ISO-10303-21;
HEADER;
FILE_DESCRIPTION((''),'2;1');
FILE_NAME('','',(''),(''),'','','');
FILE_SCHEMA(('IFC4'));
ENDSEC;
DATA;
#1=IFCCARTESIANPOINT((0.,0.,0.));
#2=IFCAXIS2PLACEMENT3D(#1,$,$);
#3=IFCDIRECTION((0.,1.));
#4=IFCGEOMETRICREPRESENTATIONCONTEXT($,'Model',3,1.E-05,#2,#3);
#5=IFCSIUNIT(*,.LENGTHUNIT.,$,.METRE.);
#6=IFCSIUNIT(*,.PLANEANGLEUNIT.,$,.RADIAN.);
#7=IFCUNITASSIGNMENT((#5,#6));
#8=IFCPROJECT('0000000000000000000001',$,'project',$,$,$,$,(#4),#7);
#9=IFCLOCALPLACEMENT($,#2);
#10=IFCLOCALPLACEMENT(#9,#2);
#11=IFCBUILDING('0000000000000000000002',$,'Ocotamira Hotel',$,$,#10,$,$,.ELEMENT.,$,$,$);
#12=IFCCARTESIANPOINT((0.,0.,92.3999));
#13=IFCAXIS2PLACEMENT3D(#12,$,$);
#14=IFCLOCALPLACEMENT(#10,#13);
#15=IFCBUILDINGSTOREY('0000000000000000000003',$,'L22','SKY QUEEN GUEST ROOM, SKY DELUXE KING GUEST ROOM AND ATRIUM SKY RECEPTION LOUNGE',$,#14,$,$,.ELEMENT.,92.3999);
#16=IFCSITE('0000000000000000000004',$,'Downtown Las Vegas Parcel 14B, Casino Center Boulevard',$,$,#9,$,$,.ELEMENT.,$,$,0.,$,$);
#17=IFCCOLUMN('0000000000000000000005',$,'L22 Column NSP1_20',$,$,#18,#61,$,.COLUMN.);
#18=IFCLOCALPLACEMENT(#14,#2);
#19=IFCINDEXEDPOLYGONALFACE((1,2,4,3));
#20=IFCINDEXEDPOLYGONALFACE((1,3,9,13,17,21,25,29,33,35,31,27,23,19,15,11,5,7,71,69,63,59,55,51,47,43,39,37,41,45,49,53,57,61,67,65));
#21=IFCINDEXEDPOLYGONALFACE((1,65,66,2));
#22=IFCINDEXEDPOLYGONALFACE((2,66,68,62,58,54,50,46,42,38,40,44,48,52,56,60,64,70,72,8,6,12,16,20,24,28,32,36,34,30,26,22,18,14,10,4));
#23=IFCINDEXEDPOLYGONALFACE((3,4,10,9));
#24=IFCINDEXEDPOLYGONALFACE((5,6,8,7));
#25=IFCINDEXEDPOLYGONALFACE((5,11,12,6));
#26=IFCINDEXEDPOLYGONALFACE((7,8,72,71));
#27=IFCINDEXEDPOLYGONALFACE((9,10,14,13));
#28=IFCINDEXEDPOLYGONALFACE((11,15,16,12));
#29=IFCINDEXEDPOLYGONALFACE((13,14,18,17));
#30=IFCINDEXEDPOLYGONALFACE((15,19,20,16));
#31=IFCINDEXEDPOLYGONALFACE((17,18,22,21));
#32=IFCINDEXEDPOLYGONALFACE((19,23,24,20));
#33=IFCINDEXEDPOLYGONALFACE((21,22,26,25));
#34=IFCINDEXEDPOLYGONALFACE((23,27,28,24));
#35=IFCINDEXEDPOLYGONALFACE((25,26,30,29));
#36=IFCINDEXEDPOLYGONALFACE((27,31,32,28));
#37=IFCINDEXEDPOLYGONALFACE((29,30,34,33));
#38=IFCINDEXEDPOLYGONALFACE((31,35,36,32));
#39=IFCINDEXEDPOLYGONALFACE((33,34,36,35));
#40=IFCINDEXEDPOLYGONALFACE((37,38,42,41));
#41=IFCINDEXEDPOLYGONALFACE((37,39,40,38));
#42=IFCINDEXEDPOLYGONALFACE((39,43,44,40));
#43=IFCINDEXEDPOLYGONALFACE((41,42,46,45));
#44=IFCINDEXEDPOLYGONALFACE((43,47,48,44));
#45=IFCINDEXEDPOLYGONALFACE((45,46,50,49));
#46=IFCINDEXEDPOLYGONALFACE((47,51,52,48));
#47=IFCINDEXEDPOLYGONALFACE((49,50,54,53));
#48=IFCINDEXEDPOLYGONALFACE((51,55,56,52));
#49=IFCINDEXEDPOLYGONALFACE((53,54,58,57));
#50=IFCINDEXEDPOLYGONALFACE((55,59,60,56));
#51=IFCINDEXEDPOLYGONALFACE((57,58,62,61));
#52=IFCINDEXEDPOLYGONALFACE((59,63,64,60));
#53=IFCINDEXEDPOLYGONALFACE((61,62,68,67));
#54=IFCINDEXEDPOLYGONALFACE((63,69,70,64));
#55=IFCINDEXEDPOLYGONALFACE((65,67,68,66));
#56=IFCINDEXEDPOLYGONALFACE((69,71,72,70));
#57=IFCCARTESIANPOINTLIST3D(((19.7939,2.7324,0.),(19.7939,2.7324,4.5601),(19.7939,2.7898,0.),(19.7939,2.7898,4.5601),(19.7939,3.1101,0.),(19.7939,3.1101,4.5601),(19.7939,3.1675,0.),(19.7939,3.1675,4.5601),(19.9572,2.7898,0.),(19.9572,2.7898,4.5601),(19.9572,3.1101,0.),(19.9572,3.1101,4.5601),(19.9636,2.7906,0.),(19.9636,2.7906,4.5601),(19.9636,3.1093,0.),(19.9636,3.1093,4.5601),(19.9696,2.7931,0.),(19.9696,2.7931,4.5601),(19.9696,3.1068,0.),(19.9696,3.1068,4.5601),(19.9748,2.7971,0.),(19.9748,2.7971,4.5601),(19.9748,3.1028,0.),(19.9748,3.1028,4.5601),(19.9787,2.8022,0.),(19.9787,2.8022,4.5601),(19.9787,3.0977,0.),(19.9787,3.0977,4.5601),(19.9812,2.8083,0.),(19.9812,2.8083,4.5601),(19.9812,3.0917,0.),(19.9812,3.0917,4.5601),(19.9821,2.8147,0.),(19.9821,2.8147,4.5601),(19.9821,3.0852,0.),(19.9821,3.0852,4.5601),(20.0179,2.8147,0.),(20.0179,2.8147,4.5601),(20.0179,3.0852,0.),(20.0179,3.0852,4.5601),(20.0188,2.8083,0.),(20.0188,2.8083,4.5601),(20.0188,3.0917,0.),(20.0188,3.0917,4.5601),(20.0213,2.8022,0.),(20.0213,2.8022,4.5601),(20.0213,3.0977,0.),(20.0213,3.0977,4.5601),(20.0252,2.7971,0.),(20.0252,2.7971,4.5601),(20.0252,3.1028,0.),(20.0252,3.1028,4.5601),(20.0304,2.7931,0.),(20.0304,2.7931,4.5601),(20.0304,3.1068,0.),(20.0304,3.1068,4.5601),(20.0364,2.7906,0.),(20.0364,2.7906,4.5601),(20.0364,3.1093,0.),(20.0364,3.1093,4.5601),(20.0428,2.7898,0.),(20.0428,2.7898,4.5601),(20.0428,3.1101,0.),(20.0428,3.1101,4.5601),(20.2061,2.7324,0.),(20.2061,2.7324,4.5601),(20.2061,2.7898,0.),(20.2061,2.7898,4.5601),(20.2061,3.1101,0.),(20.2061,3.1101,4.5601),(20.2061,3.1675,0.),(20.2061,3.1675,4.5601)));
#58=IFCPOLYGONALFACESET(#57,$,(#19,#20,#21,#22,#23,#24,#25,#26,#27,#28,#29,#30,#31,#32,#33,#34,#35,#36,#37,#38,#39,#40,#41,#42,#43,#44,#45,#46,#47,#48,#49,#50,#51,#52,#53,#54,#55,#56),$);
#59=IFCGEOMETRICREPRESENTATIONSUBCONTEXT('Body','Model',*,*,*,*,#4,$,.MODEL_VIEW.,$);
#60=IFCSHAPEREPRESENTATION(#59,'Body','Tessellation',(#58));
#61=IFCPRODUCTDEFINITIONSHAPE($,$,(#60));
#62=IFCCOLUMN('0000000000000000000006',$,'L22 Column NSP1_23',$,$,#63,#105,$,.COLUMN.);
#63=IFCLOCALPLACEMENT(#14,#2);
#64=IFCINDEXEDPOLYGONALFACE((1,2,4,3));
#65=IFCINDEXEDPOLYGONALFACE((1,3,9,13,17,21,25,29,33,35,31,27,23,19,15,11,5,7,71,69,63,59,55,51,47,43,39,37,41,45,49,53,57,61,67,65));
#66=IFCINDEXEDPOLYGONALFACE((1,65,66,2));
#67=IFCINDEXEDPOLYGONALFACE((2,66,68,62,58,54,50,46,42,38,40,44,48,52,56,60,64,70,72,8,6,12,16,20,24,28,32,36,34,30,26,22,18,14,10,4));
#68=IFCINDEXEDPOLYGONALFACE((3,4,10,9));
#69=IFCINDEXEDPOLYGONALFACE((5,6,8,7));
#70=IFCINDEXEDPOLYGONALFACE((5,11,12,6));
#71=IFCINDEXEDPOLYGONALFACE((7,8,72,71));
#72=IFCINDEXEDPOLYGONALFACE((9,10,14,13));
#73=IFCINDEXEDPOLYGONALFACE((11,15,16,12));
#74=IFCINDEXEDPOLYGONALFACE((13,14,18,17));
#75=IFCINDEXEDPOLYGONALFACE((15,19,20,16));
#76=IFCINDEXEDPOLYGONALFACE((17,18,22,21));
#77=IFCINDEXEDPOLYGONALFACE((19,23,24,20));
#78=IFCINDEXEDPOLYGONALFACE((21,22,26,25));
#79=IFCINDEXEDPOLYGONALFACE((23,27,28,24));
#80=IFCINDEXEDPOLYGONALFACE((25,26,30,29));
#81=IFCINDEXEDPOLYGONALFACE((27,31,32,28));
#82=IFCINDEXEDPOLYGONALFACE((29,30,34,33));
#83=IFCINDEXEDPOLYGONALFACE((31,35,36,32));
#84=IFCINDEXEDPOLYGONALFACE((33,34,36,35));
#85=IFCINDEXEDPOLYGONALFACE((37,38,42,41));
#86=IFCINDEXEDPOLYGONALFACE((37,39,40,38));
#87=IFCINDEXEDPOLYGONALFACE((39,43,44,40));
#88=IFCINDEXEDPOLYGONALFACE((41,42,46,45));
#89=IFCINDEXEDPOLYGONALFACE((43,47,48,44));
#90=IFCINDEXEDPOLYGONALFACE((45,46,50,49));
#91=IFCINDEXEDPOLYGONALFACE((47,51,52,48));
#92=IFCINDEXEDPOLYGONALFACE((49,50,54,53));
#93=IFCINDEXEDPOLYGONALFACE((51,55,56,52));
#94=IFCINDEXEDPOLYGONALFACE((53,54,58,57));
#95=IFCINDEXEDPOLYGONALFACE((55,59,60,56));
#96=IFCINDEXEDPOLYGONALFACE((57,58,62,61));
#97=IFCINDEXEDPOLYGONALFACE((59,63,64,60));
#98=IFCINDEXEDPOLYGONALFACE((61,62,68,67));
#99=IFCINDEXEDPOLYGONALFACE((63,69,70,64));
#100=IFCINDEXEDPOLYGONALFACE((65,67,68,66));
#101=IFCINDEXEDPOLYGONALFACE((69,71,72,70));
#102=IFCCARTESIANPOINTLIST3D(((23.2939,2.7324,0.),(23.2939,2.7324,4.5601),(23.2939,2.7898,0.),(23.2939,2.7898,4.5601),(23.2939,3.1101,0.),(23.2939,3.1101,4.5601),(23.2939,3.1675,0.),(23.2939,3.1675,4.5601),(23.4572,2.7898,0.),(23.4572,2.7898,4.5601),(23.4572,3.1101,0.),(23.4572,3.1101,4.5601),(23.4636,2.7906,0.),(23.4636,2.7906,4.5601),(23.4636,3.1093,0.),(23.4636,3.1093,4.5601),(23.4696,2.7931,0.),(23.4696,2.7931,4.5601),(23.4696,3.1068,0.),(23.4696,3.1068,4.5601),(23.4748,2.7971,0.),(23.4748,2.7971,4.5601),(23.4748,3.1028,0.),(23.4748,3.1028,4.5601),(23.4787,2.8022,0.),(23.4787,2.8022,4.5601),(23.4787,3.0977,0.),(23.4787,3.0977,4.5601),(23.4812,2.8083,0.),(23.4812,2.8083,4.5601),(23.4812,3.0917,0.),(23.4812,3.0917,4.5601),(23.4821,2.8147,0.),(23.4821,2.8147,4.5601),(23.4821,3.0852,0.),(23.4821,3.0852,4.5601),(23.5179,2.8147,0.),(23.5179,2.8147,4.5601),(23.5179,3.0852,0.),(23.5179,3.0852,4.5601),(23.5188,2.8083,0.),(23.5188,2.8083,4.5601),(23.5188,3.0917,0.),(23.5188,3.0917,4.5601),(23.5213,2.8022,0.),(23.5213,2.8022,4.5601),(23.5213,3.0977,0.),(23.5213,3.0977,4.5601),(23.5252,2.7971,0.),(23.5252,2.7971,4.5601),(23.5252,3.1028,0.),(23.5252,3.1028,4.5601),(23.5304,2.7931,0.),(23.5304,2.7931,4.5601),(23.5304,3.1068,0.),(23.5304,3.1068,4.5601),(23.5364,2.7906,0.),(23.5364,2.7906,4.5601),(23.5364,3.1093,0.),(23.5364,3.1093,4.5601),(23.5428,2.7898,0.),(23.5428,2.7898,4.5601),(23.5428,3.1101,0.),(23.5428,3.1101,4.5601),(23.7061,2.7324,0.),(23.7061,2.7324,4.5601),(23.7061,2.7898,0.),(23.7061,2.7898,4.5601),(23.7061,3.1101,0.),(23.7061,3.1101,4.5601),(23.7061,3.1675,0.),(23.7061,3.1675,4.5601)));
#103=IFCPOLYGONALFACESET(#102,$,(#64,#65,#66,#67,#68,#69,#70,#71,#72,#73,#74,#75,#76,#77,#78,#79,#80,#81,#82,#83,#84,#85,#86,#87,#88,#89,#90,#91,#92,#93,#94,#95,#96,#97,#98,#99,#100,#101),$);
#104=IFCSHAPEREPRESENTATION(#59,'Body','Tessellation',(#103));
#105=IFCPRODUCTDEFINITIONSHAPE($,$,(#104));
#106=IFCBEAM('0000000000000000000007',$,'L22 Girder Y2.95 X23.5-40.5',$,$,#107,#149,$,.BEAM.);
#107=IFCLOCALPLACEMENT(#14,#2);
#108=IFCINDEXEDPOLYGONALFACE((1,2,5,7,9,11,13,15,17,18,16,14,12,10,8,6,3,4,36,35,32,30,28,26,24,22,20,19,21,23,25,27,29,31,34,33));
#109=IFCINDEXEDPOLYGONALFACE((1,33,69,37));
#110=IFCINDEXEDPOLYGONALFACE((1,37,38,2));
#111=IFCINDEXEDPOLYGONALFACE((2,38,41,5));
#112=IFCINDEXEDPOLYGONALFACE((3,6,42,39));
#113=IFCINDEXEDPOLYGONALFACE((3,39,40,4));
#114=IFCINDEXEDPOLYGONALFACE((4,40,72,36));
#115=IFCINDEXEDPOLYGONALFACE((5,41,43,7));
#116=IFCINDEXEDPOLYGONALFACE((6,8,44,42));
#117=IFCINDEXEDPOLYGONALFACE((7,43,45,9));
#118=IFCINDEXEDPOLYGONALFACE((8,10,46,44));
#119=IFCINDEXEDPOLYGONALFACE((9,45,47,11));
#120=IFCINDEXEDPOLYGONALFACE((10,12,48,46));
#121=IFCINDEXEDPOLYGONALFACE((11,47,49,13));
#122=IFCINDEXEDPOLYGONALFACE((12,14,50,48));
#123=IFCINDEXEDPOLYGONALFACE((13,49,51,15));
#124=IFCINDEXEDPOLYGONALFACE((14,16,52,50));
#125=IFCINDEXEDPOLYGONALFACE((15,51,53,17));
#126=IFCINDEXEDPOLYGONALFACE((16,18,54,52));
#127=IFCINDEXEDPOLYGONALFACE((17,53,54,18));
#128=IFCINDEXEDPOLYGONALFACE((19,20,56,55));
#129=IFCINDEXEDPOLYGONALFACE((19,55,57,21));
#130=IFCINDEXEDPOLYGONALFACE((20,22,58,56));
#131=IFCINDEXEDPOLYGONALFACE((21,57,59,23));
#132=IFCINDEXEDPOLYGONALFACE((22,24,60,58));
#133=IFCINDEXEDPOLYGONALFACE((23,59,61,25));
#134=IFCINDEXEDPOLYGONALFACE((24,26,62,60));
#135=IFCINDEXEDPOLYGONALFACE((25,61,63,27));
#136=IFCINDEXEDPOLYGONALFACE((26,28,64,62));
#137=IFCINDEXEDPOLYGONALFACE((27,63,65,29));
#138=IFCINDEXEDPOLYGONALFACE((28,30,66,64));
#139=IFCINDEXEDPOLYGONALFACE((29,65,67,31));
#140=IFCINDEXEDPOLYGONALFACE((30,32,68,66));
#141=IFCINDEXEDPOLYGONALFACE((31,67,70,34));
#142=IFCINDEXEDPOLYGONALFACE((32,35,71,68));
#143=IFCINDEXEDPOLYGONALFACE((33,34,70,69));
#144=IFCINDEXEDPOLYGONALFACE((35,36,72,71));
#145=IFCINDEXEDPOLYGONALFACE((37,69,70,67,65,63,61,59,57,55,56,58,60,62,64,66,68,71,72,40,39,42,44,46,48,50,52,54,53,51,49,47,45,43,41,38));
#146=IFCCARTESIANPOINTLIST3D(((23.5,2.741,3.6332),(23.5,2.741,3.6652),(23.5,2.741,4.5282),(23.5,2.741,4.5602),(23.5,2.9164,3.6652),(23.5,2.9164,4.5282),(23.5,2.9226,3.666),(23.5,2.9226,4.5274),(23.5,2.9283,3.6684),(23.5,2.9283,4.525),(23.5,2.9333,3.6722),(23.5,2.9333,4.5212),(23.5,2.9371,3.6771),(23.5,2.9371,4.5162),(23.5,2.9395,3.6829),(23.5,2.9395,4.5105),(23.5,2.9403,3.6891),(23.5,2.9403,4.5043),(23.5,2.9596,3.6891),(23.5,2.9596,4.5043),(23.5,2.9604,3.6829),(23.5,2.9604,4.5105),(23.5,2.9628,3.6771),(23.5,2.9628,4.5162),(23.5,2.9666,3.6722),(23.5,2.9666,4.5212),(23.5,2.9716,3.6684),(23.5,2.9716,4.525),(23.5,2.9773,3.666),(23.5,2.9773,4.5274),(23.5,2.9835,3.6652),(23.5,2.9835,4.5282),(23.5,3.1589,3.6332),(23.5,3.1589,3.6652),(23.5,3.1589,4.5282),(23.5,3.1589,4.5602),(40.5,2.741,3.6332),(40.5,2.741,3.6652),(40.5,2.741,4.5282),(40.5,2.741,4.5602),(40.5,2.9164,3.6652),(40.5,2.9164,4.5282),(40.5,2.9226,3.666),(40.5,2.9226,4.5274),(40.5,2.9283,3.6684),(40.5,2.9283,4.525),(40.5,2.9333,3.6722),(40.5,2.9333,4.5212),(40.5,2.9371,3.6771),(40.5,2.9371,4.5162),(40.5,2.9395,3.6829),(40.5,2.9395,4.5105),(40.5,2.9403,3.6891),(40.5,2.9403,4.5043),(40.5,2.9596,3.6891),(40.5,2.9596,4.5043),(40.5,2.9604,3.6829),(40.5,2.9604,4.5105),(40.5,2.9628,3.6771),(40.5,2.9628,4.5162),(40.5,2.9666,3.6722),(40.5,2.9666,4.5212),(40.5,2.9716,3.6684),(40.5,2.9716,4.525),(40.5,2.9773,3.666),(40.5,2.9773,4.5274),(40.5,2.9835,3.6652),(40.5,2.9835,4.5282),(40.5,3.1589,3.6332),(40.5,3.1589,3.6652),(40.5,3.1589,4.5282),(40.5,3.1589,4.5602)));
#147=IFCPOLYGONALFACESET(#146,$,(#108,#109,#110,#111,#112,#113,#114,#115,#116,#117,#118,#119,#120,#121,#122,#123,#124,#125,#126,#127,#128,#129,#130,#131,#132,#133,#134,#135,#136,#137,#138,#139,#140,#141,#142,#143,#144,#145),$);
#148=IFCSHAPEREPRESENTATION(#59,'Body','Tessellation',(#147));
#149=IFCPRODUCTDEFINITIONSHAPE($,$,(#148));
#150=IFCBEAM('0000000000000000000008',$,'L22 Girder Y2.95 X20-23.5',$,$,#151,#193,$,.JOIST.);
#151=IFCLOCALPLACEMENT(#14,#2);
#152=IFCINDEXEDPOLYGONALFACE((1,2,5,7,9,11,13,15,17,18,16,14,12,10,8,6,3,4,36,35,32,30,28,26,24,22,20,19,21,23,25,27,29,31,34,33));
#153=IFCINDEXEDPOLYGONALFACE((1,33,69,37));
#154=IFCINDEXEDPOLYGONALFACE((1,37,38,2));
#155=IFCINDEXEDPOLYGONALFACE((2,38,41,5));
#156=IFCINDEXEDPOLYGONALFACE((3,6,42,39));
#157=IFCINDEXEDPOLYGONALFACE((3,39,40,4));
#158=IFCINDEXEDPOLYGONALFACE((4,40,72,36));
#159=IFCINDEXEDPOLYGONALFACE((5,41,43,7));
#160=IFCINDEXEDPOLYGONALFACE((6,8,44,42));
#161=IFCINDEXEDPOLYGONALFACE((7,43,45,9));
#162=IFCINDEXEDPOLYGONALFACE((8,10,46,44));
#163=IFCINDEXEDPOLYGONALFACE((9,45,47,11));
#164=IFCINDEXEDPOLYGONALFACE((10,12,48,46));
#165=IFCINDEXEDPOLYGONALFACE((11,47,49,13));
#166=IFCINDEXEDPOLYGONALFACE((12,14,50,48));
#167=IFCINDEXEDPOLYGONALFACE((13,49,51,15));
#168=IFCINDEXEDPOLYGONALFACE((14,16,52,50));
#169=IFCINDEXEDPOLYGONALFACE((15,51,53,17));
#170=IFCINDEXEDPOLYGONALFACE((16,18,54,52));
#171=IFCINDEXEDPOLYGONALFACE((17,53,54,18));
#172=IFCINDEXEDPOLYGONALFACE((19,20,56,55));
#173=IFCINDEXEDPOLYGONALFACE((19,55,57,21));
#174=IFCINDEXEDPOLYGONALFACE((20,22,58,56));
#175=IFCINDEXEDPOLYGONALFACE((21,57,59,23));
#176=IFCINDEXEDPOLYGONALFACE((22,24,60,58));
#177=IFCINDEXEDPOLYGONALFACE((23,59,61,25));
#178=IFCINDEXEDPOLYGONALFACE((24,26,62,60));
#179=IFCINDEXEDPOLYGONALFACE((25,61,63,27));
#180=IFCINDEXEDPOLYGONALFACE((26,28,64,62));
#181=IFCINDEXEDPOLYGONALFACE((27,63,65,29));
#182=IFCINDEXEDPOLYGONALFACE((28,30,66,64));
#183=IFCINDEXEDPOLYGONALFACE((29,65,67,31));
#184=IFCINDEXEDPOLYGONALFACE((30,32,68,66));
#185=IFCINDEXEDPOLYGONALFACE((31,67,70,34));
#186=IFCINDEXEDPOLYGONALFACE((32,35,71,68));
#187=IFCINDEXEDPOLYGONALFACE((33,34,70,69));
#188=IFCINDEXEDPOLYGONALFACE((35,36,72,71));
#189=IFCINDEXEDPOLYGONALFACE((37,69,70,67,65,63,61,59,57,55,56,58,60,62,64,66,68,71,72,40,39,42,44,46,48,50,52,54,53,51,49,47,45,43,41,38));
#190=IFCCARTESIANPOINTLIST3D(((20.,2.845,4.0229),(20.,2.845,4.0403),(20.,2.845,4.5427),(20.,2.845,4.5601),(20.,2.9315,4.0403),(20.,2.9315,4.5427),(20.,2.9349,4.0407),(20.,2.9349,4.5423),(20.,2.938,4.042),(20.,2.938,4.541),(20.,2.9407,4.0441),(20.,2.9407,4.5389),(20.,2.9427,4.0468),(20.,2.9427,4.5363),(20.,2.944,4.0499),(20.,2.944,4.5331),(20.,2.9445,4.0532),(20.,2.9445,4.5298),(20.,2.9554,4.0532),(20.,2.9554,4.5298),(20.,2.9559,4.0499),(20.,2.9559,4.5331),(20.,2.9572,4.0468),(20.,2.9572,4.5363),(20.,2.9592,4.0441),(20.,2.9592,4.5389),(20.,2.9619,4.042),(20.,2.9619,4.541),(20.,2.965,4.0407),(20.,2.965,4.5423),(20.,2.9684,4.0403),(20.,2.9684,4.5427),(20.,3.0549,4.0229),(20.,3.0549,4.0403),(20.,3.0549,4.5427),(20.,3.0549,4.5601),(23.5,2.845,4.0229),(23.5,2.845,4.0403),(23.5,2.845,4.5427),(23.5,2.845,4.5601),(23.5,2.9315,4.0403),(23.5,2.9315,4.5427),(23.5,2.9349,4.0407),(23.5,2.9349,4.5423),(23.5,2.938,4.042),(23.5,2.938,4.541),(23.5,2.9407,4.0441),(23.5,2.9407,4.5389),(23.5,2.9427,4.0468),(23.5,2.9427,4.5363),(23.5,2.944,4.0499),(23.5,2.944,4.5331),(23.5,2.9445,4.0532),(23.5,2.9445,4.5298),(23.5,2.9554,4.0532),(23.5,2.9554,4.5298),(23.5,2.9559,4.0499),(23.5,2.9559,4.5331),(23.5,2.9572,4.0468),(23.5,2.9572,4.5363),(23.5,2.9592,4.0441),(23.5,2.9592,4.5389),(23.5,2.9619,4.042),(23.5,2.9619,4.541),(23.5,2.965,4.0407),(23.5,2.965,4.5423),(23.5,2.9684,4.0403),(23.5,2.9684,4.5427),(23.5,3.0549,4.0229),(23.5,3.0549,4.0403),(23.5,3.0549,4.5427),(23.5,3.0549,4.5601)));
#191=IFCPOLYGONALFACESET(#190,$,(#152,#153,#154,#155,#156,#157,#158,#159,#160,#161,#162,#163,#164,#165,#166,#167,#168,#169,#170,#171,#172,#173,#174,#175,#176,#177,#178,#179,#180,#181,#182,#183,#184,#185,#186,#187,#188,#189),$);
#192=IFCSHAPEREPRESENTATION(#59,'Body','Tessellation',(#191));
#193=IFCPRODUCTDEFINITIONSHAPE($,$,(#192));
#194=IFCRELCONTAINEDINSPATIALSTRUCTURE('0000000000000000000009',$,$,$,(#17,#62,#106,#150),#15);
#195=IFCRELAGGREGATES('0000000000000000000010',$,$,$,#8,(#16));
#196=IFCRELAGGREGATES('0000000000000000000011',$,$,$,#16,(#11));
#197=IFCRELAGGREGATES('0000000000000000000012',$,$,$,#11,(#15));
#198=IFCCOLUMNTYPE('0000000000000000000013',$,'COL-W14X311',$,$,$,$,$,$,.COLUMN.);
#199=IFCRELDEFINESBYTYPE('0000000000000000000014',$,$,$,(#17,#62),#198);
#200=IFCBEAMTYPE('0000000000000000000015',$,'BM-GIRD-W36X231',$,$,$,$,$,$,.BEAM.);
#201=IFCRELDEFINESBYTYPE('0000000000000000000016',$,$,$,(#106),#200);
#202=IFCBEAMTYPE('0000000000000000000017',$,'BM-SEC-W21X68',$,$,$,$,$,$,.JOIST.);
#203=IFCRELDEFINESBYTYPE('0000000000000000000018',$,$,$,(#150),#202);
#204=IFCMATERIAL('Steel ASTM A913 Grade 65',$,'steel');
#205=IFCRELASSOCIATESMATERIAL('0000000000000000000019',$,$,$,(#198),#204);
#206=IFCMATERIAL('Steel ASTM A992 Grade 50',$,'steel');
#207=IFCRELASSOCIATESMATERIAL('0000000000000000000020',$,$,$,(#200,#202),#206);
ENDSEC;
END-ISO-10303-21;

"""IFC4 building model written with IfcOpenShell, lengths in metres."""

from ifc_helpers import new_model, si_unit, direction, frame, origin, origin_2d, place, context, subcontext, project, spatial, i_section, extrude, source, transform, mapped, material, material_profile, profile_set, type_object, element, save


model = new_model("IFC4")

# Units and contexts
model_context = context("Model", 3, precision=1e-05, world=origin(), true_north=direction((0.0, 1.0)))
body_context = subcontext(model_context, "Body", "Model", "MODEL_VIEW")
ifc_project = project(units=[si_unit("LENGTHUNIT", "METRE"), si_unit("PLANEANGLEUNIT", "RADIAN")], contexts=[model_context])

# Site, building, storey
site_placement = place(None, origin())
site = spatial("IfcSite", under=ifc_project, at=site_placement, Name="Downtown Las Vegas Parcel 14B, Casino Center Boulevard", CompositionType="ELEMENT", RefElevation=0.0)
building_placement = place(site_placement, origin())
building = spatial("IfcBuilding", under=site, at=building_placement, Name="Ocotamira Hotel", CompositionType="ELEMENT")
storey_placement = place(building_placement, frame((0.0, 0.0, 92.3999)))
storey = spatial("IfcBuildingStorey", under=building, at=storey_placement, Name="L22", Description="SKY QUEEN GUEST ROOM, SKY DELUXE KING GUEST ROOM AND ATRIUM SKY RECEPTION LOUNGE", CompositionType="ELEMENT", Elevation=92.3999)

# Columns
ifc_material_1 = material(Name="Steel ASTM A913 Grade 65", Category="steel")
ifc_material_profile_1 = material_profile(ifc_material_1, i_section(OverallWidth=0.4121, OverallDepth=0.4351, WebThickness=0.0359, FlangeThickness=0.0574, FilletRadius=0.0249, at=origin_2d()), Name="W14X311")
ifc_profile_set_1 = profile_set([ifc_material_profile_1], Name="Steel ASTM A913 Grade 65")
column_type = type_object("IfcColumnType", Name="COL-W14X311", PredefinedType="COLUMN", material=ifc_profile_set_1)
shared_shape_1 = source(origin(), body_context, "Body", "SweptSolid", [
    extrude(i_section(OverallWidth=0.4121, OverallDepth=0.4351, WebThickness=0.0359, FlangeThickness=0.0574, FilletRadius=0.0249, at=origin_2d()), origin(), (0.0, 0.0, 1.0), 4.5601),
])
for number, where, z_axis, x_axis, name in (
    (1, (20.0, 2.95, 0.0), (0.0, 0.0, 1.0), (1.0, 0.0, 0.0), "L22 Column NSP1_20"),
    (2, (23.5, 2.95, 0.0), (0.0, 0.0, 1.0), (1.0, 0.0, 0.0), "L22 Column NSP1_23"),
):
    element("IfcColumn", number, at=place(storey_placement, frame(where, z_axis=z_axis, x_axis=x_axis)), inside=storey, type_object=column_type, Name=name, PredefinedType="COLUMN", context=body_context, shape_type="MappedRepresentation", body=[
        mapped(shared_shape_1, transform((0.0, 0.0, 0.0), scale=1.0)),
    ])

# Beams
ifc_material_2 = material(Name="Steel ASTM A992 Grade 50", Category="steel")
ifc_material_profile_2 = material_profile(ifc_material_2, i_section(OverallWidth=0.418, OverallDepth=0.927, WebThickness=0.0193, FlangeThickness=0.032, FilletRadius=0.0239, at=origin_2d()), Name="W36X231")
ifc_profile_set_2 = profile_set([ifc_material_profile_2], Name="Steel ASTM A992 Grade 50")
beam_type_1 = type_object("IfcBeamType", Name="BM-GIRD-W36X231", PredefinedType="BEAM", material=ifc_profile_set_2)
shared_shape_2 = source(origin(), body_context, "Body", "SweptSolid", [
    extrude(i_section(OverallWidth=0.418, OverallDepth=0.927, WebThickness=0.0193, FlangeThickness=0.032, FilletRadius=0.0239, at=origin_2d()), origin(), (0.0, 0.0, 1.0), 17.0),
])
beam_1_placement = place(storey_placement, frame((23.5, 2.95, 4.0967), z_axis=(1.0, 0.0, 0.0), x_axis=(0.0, 1.0, 0.0)))
element("IfcBeam", 3, at=beam_1_placement, inside=storey, type_object=beam_type_1, Name="L22 Girder Y2.95 X23.5-40.5", PredefinedType="BEAM", context=body_context, shape_type="MappedRepresentation", body=[
    mapped(shared_shape_2, transform((0.0, 0.0, 0.0), scale=1.0)),
])
ifc_material_profile_3 = material_profile(ifc_material_2, i_section(OverallWidth=0.21, OverallDepth=0.5371, WebThickness=0.011, FlangeThickness=0.0173, FilletRadius=0.0129, at=origin_2d()), Name="W21X68")
ifc_profile_set_3 = profile_set([ifc_material_profile_3], Name="Steel ASTM A992 Grade 50")
beam_type_2 = type_object("IfcBeamType", Name="BM-SEC-W21X68", PredefinedType="JOIST", material=ifc_profile_set_3)
shared_shape_3 = source(origin(), body_context, "Body", "SweptSolid", [
    extrude(i_section(OverallWidth=0.21, OverallDepth=0.5371, WebThickness=0.011, FlangeThickness=0.0173, FilletRadius=0.0129, at=origin_2d()), origin(), (0.0, 0.0, 1.0), 3.5),
])
beam_2_placement = place(storey_placement, frame((20.0, 2.95, 4.2915), z_axis=(1.0, 0.0, 0.0), x_axis=(0.0, 1.0, 0.0)))
element("IfcBeam", 4, at=beam_2_placement, inside=storey, type_object=beam_type_2, Name="L22 Girder Y2.95 X20-23.5", PredefinedType="JOIST", context=body_context, shape_type="MappedRepresentation", body=[
    mapped(shared_shape_3, transform((0.0, 0.0, 0.0), scale=1.0)),
])

save(model, "model.ifc")
